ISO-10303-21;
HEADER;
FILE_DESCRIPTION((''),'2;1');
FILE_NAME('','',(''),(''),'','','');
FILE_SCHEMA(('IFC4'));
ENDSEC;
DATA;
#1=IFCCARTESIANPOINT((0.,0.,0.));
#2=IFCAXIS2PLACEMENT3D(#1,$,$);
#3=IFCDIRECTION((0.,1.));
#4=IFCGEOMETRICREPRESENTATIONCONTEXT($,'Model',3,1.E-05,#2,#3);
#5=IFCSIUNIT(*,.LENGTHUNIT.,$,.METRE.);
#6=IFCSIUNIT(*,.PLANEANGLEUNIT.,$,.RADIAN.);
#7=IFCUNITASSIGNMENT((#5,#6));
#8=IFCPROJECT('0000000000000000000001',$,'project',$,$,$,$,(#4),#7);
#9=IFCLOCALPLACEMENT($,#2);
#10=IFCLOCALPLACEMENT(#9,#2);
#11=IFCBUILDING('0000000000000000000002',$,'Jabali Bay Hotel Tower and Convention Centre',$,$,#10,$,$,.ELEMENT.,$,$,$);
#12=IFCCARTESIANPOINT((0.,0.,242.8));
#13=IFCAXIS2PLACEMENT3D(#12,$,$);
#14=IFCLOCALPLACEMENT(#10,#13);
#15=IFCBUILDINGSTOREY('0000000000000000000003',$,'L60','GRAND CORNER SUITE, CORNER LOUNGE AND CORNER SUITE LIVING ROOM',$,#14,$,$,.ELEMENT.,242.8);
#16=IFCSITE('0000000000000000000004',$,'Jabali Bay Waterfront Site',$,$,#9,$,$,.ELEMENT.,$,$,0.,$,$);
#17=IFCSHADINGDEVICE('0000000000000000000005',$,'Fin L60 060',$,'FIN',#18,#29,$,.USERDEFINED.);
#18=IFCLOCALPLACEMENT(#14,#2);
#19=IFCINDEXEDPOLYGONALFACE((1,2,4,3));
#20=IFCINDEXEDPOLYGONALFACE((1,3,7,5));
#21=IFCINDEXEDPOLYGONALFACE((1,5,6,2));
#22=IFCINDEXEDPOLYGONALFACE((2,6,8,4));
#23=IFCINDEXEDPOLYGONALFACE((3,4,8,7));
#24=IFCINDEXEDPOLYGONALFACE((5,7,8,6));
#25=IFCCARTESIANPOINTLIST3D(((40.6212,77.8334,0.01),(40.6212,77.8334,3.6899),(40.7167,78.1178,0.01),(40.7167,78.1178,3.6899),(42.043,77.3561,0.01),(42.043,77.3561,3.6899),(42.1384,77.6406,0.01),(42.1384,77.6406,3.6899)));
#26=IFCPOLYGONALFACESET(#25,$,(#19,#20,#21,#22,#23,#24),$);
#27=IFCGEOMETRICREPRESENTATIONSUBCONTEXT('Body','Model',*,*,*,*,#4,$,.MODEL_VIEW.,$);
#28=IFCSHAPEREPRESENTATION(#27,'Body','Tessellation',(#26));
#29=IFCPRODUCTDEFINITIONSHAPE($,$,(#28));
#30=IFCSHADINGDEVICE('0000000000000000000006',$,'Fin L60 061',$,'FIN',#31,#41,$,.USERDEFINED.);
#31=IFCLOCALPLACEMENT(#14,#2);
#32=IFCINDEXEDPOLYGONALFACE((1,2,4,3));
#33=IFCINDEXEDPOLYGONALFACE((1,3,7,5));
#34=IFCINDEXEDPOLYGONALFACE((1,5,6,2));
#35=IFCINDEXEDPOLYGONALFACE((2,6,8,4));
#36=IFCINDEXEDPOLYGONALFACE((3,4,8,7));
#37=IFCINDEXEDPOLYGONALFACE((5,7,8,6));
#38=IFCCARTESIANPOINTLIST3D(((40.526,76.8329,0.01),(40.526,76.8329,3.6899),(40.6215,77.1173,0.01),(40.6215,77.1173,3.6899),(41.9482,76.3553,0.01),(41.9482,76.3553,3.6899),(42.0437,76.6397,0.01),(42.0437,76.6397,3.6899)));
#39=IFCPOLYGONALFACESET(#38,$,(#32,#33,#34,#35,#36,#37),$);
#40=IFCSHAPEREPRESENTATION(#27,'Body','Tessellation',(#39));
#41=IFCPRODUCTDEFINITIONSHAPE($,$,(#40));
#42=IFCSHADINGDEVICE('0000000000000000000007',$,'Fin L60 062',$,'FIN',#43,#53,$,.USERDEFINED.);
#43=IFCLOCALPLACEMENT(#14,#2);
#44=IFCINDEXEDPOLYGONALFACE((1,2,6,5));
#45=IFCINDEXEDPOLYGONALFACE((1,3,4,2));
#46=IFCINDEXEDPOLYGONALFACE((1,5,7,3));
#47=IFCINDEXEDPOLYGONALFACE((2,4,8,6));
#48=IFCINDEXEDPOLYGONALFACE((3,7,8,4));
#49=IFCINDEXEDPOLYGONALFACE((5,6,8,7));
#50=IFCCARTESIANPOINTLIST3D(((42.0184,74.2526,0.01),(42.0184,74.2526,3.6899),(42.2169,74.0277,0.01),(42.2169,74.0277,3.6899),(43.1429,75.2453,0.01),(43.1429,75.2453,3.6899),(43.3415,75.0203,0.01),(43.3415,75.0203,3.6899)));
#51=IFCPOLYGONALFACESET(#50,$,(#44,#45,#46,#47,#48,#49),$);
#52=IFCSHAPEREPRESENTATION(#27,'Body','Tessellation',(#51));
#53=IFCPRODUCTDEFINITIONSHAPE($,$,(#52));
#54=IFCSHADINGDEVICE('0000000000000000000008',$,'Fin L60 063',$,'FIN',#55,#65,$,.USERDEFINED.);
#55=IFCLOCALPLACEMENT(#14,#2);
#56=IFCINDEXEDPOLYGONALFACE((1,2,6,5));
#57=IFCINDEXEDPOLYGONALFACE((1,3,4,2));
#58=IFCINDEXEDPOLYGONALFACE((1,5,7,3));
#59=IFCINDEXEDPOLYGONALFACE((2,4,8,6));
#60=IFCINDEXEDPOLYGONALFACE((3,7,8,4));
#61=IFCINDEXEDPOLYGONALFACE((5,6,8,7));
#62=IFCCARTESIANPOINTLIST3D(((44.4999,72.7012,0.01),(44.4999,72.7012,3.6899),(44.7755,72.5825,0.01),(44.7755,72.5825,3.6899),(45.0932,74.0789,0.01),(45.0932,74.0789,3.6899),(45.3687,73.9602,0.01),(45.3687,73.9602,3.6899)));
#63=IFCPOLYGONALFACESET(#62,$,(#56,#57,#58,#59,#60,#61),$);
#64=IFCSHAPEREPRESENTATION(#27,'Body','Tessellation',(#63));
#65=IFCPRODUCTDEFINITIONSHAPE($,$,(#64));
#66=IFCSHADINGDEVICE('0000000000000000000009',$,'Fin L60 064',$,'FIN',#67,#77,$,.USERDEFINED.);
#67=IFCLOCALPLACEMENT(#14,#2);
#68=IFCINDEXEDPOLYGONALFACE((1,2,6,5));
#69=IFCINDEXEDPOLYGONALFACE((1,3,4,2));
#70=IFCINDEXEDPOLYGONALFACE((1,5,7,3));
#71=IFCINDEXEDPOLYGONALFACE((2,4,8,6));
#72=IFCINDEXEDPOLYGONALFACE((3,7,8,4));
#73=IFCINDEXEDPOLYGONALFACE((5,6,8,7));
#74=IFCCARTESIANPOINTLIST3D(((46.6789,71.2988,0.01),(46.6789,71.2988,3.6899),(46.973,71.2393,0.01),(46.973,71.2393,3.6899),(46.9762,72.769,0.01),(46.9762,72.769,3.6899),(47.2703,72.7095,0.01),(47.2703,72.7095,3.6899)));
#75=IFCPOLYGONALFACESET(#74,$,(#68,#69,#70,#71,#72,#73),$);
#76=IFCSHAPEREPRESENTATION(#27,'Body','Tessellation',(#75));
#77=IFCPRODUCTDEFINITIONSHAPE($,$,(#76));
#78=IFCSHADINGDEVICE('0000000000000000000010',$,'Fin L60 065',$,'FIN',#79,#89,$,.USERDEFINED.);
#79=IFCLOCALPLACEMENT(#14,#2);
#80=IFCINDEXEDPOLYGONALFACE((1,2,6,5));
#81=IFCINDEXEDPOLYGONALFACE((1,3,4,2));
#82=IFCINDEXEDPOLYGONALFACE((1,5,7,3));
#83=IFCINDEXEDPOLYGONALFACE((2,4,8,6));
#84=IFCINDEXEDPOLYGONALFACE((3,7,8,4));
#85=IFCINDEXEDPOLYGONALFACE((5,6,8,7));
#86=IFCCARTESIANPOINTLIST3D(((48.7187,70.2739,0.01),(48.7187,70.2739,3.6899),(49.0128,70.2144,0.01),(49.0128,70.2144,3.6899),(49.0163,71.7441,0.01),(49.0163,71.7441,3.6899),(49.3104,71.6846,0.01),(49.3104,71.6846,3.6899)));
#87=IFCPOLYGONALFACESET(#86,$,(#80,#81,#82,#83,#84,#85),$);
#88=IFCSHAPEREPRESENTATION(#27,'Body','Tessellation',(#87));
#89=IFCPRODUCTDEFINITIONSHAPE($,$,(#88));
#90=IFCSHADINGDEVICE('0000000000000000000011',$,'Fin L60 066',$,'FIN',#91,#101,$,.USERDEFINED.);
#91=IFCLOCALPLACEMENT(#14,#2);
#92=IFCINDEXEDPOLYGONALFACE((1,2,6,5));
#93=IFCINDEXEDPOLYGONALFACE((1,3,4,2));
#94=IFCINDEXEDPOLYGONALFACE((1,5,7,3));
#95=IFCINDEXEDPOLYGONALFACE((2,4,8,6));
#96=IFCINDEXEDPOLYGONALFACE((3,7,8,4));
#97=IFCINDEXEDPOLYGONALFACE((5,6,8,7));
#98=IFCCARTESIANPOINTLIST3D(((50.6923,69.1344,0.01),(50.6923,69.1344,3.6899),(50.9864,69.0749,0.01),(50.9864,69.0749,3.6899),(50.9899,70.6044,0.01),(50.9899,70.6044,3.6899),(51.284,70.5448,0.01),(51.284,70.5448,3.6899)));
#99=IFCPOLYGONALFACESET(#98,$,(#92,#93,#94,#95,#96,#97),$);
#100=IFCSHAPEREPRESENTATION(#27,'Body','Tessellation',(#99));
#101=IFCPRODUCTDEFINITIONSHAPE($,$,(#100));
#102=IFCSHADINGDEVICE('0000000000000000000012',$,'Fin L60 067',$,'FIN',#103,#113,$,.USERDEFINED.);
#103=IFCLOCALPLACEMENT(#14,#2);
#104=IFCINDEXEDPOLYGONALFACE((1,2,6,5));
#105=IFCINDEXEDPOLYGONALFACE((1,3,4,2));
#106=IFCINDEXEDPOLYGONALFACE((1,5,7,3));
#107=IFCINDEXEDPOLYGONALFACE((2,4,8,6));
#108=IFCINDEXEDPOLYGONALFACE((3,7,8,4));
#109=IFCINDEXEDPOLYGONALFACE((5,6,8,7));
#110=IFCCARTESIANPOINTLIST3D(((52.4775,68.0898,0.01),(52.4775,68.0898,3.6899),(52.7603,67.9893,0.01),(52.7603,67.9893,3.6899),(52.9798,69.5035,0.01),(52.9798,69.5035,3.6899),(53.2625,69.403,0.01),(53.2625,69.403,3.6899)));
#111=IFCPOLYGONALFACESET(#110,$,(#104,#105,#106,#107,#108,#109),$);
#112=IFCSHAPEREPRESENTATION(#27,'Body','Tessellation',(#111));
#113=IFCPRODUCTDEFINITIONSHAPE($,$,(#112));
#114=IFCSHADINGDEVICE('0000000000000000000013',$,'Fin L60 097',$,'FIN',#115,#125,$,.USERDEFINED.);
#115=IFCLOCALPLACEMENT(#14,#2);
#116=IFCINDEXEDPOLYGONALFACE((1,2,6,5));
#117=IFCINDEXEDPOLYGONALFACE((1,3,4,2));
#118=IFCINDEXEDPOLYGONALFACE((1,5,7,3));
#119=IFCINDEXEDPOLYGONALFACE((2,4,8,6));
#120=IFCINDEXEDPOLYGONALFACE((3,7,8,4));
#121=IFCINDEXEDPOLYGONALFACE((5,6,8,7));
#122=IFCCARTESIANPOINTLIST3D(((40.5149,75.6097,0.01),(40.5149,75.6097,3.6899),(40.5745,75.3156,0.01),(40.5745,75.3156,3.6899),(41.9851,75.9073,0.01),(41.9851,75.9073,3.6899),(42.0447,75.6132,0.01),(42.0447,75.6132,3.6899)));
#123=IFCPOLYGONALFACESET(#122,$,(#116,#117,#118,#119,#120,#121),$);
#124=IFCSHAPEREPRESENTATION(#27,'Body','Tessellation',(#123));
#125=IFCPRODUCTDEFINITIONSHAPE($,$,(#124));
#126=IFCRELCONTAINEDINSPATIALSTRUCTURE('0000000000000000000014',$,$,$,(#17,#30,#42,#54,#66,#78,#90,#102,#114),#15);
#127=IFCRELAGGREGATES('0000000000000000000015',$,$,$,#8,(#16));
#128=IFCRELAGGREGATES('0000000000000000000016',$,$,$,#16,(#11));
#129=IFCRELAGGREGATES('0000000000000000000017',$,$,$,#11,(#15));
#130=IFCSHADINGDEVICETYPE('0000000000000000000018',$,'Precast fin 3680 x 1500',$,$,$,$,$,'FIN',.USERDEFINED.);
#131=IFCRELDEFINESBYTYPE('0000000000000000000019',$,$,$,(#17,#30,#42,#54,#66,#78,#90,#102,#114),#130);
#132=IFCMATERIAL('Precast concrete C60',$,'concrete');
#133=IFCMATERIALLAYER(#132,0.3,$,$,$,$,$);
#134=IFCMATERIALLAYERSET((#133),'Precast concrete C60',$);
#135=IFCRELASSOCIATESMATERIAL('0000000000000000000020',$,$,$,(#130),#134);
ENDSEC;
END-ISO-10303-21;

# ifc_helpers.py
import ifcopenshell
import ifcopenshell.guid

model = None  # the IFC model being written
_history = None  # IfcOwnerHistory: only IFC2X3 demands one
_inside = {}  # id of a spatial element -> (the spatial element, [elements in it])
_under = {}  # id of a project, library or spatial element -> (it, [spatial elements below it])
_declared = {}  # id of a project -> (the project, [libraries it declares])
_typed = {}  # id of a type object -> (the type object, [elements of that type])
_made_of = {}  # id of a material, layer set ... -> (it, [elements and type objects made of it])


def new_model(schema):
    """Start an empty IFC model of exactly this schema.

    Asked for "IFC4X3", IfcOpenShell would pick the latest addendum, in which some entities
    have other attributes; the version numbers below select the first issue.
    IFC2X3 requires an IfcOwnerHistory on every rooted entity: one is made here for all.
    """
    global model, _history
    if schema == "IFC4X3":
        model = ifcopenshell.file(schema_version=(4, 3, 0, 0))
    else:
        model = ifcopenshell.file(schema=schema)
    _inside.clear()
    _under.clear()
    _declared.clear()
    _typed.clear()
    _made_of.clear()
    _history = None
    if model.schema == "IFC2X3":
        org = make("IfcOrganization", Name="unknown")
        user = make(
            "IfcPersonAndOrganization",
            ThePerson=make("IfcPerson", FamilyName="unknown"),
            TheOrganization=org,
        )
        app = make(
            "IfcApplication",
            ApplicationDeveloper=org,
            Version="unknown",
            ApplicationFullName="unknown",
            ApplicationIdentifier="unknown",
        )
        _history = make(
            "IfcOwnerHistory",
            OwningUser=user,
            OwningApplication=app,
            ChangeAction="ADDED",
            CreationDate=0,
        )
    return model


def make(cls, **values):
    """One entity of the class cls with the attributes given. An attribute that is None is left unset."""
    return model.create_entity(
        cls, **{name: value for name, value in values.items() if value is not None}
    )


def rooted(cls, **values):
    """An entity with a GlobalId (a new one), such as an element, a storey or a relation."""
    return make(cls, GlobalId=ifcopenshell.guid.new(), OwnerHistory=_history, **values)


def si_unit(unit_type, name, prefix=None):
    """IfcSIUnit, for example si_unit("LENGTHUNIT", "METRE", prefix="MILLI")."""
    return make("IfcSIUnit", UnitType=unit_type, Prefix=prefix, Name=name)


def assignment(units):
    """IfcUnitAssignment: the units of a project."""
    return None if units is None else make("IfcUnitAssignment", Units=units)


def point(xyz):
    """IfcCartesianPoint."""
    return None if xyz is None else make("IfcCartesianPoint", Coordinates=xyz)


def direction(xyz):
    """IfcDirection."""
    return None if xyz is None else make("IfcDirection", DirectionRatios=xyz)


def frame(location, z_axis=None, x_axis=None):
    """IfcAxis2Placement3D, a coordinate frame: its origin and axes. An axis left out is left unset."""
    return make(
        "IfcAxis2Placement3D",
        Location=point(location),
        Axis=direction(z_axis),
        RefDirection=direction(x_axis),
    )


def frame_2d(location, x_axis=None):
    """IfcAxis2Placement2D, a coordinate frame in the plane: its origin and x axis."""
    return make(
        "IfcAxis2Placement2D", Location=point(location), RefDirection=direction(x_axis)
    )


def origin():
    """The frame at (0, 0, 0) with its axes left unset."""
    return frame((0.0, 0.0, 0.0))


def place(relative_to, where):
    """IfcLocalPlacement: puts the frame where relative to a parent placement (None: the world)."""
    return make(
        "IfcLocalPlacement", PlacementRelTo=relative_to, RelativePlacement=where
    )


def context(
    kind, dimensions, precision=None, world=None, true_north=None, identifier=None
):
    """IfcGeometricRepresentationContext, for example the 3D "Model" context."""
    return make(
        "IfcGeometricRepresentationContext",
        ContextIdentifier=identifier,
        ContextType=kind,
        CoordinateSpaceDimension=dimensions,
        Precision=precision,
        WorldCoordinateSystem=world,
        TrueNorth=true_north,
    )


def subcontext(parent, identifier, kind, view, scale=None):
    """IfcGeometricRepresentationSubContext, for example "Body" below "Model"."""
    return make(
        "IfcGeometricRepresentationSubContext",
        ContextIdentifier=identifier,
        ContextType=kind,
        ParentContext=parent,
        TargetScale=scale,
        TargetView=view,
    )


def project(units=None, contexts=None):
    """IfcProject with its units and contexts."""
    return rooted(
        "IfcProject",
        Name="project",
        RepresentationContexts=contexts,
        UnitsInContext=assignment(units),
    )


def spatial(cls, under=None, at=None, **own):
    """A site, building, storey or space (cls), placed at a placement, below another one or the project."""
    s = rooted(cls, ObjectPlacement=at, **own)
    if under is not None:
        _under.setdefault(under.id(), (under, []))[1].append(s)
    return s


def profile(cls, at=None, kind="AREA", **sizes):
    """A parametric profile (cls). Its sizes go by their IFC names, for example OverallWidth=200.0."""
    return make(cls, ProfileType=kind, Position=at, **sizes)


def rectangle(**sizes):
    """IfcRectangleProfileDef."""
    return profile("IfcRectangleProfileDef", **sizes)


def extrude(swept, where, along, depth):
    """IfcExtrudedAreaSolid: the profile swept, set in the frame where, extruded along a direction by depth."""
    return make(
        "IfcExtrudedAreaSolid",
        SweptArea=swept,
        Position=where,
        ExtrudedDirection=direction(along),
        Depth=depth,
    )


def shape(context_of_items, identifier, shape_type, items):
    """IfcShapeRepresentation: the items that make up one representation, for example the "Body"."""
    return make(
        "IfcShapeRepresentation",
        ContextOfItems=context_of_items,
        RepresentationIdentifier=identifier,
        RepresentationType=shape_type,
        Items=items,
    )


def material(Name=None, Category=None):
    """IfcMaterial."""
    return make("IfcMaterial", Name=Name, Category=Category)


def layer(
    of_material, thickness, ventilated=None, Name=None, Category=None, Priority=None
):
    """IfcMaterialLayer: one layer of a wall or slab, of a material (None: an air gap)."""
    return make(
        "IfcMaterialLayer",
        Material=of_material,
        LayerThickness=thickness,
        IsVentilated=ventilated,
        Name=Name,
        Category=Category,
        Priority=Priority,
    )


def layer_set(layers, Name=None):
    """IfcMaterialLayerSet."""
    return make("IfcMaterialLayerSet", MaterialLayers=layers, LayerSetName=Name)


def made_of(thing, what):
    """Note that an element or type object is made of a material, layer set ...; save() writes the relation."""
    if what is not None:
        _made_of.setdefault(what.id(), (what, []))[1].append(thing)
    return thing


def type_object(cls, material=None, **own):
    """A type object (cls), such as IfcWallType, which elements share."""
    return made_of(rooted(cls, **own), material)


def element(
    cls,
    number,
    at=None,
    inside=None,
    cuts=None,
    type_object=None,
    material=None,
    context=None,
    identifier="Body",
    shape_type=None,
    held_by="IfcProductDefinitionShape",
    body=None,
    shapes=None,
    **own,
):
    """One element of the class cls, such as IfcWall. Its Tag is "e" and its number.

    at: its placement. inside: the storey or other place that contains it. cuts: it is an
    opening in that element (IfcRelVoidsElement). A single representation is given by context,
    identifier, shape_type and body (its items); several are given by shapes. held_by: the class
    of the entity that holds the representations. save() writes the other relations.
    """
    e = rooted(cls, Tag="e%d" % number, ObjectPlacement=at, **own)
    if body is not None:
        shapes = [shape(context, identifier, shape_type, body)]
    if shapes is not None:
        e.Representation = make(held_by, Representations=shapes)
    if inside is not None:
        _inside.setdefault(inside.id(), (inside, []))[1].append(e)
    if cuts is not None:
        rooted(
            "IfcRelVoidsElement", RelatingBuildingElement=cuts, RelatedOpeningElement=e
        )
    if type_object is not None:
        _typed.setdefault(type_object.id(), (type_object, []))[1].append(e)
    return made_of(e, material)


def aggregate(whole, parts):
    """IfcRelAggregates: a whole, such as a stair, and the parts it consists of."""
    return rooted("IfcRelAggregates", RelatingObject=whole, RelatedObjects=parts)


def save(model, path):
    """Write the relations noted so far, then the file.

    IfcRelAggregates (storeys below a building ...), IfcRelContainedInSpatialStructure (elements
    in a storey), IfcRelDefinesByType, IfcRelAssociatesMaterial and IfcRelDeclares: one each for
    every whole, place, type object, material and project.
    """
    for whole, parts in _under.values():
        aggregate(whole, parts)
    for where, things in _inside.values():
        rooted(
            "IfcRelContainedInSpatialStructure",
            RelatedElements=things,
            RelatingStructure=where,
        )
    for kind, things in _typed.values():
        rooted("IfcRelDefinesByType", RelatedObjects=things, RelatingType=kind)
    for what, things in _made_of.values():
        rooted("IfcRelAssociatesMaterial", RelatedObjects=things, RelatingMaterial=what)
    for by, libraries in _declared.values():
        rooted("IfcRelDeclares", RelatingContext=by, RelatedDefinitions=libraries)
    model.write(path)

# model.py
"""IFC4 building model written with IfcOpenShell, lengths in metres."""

from ifc_helpers import new_model, si_unit, direction, frame, frame_2d, origin, place, context, subcontext, project, spatial, rectangle, extrude, material, layer, layer_set, type_object, element, save


model = new_model("IFC4")

# Units and contexts
model_context = context("Model", 3, precision=1e-05, world=origin(), true_north=direction((0.0, 1.0)))
body_context = subcontext(model_context, "Body", "Model", "MODEL_VIEW")
ifc_project = project(units=[si_unit("LENGTHUNIT", "METRE"), si_unit("PLANEANGLEUNIT", "RADIAN")], contexts=[model_context])

# Site, building, storey
site_placement = place(None, origin())
site = spatial("IfcSite", under=ifc_project, at=site_placement, Name="Jabali Bay Waterfront Site", CompositionType="ELEMENT", RefElevation=0.0)
building_placement = place(site_placement, origin())
building = spatial("IfcBuilding", under=site, at=building_placement, Name="Jabali Bay Hotel Tower and Convention Centre", CompositionType="ELEMENT")
storey_placement = place(building_placement, frame((0.0, 0.0, 242.8)))
storey = spatial("IfcBuildingStorey", under=building, at=storey_placement, Name="L60", Description="GRAND CORNER SUITE, CORNER LOUNGE AND CORNER SUITE LIVING ROOM", CompositionType="ELEMENT", Elevation=242.8)

# Shading devices
ifc_material_1 = material(Name="Precast concrete C60", Category="concrete")
ifc_layer_1 = layer(ifc_material_1, 0.3)
ifc_layer_set_1 = layer_set([ifc_layer_1], Name="Precast concrete C60")
shading_device_type = type_object("IfcShadingDeviceType", Name="Precast fin 3680 x 1500", ElementType="FIN", PredefinedType="USERDEFINED", material=ifc_layer_set_1)
for number, where, z_axis, x_axis, name in (
    (1, (42.0908, 77.4983, 0.01), (0.0, 0.0, 1.0), (-0.948014, 0.318229, 0.0), "Fin L60 060"),
):
    element("IfcShadingDevice", number, at=place(storey_placement, frame(where, z_axis=z_axis, x_axis=x_axis)), inside=storey, type_object=shading_device_type, Name=name, ObjectType="FIN", PredefinedType="USERDEFINED", context=body_context, shape_type="SweptSolid", body=[
        extrude(rectangle(XDim=1.4998, YDim=0.3, at=frame_2d((0.75, 0.0))), origin(), (0.0, 0.0, 1.0), 3.6799),
    ])
shading_device_1_placement = place(storey_placement, frame((41.9958, 76.4976, 0.01), z_axis=(0.0, 0.0, 1.0), x_axis=(-0.947981, 0.318326, 0.0)))
element("IfcShadingDevice", 2, at=shading_device_1_placement, inside=storey, type_object=shading_device_type, Name="Fin L60 061", ObjectType="FIN", PredefinedType="USERDEFINED", context=body_context, shape_type="SweptSolid", body=[
    extrude(rectangle(XDim=1.5002, YDim=0.3, at=frame_2d((0.75, 0.0))), origin(), (0.0, 0.0, 1.0), 3.6799),
])
for number, where, z_axis, x_axis, name in (
    (3, (43.2422, 75.1328, 0.01), (0.0, 0.0, 1.0), (-0.749686, -0.661794, 0.0), "Fin L60 062"),
    (4, (45.231, 74.0195, 0.01), (0.0, 0.0, 1.0), (-0.39551, -0.918462, 0.0), "Fin L60 063"),
    (5, (47.1233, 72.7393, 0.01), (0.0, 0.0, 1.0), (-0.198244, -0.980153, 0.0), "Fin L60 064"),
    (6, (49.1633, 71.7144, 0.01), (0.0, 0.0, 1.0), (-0.1984, -0.980121, 0.0), "Fin L60 065"),
):
    element("IfcShadingDevice", number, at=place(storey_placement, frame(where, z_axis=z_axis, x_axis=x_axis)), inside=storey, type_object=shading_device_type, Name=name, ObjectType="FIN", PredefinedType="USERDEFINED", context=body_context, shape_type="SweptSolid", body=[
        extrude(rectangle(XDim=1.5, YDim=0.3, at=frame_2d((0.75, 0.0))), origin(), (0.0, 0.0, 1.0), 3.6799),
    ])
shading_device_2_placement = place(storey_placement, frame((51.137, 70.5747, 0.01), z_axis=(0.0, 0.0, 1.0), x_axis=(-0.198432, -0.980115, 0.0)))
element("IfcShadingDevice", 7, at=shading_device_2_placement, inside=storey, type_object=shading_device_type, Name="Fin L60 066", ObjectType="FIN", PredefinedType="USERDEFINED", context=body_context, shape_type="SweptSolid", body=[
    extrude(rectangle(XDim=1.4998, YDim=0.3, at=frame_2d((0.75, 0.0))), origin(), (0.0, 0.0, 1.0), 3.6799),
])
shading_device_3_placement = place(storey_placement, frame((53.1211, 69.4531, 0.01), z_axis=(0.0, 0.0, 1.0), x_axis=(-0.334769, -0.9423, 0.0)))
element("IfcShadingDevice", 8, at=shading_device_3_placement, inside=storey, type_object=shading_device_type, Name="Fin L60 067", ObjectType="FIN", PredefinedType="USERDEFINED", context=body_context, shape_type="SweptSolid", body=[
    extrude(rectangle(XDim=1.5002, YDim=0.3, at=frame_2d((0.75, 0.0))), origin(), (0.0, 0.0, 1.0), 3.6799),
])
shading_device_4_placement = place(storey_placement, frame((42.0149, 75.7603, 0.01), z_axis=(0.0, 0.0, 1.0), x_axis=(-0.980121, -0.1984, 0.0)))
element("IfcShadingDevice", 9, at=shading_device_4_placement, inside=storey, type_object=shading_device_type, Name="Fin L60 097", ObjectType="FIN", PredefinedType="USERDEFINED", context=body_context, shape_type="SweptSolid", body=[
    extrude(rectangle(XDim=1.5, YDim=0.3, at=frame_2d((0.75, 0.0))), origin(), (0.0, 0.0, 1.0), 3.6799),
])

save(model, "model.ifc")
